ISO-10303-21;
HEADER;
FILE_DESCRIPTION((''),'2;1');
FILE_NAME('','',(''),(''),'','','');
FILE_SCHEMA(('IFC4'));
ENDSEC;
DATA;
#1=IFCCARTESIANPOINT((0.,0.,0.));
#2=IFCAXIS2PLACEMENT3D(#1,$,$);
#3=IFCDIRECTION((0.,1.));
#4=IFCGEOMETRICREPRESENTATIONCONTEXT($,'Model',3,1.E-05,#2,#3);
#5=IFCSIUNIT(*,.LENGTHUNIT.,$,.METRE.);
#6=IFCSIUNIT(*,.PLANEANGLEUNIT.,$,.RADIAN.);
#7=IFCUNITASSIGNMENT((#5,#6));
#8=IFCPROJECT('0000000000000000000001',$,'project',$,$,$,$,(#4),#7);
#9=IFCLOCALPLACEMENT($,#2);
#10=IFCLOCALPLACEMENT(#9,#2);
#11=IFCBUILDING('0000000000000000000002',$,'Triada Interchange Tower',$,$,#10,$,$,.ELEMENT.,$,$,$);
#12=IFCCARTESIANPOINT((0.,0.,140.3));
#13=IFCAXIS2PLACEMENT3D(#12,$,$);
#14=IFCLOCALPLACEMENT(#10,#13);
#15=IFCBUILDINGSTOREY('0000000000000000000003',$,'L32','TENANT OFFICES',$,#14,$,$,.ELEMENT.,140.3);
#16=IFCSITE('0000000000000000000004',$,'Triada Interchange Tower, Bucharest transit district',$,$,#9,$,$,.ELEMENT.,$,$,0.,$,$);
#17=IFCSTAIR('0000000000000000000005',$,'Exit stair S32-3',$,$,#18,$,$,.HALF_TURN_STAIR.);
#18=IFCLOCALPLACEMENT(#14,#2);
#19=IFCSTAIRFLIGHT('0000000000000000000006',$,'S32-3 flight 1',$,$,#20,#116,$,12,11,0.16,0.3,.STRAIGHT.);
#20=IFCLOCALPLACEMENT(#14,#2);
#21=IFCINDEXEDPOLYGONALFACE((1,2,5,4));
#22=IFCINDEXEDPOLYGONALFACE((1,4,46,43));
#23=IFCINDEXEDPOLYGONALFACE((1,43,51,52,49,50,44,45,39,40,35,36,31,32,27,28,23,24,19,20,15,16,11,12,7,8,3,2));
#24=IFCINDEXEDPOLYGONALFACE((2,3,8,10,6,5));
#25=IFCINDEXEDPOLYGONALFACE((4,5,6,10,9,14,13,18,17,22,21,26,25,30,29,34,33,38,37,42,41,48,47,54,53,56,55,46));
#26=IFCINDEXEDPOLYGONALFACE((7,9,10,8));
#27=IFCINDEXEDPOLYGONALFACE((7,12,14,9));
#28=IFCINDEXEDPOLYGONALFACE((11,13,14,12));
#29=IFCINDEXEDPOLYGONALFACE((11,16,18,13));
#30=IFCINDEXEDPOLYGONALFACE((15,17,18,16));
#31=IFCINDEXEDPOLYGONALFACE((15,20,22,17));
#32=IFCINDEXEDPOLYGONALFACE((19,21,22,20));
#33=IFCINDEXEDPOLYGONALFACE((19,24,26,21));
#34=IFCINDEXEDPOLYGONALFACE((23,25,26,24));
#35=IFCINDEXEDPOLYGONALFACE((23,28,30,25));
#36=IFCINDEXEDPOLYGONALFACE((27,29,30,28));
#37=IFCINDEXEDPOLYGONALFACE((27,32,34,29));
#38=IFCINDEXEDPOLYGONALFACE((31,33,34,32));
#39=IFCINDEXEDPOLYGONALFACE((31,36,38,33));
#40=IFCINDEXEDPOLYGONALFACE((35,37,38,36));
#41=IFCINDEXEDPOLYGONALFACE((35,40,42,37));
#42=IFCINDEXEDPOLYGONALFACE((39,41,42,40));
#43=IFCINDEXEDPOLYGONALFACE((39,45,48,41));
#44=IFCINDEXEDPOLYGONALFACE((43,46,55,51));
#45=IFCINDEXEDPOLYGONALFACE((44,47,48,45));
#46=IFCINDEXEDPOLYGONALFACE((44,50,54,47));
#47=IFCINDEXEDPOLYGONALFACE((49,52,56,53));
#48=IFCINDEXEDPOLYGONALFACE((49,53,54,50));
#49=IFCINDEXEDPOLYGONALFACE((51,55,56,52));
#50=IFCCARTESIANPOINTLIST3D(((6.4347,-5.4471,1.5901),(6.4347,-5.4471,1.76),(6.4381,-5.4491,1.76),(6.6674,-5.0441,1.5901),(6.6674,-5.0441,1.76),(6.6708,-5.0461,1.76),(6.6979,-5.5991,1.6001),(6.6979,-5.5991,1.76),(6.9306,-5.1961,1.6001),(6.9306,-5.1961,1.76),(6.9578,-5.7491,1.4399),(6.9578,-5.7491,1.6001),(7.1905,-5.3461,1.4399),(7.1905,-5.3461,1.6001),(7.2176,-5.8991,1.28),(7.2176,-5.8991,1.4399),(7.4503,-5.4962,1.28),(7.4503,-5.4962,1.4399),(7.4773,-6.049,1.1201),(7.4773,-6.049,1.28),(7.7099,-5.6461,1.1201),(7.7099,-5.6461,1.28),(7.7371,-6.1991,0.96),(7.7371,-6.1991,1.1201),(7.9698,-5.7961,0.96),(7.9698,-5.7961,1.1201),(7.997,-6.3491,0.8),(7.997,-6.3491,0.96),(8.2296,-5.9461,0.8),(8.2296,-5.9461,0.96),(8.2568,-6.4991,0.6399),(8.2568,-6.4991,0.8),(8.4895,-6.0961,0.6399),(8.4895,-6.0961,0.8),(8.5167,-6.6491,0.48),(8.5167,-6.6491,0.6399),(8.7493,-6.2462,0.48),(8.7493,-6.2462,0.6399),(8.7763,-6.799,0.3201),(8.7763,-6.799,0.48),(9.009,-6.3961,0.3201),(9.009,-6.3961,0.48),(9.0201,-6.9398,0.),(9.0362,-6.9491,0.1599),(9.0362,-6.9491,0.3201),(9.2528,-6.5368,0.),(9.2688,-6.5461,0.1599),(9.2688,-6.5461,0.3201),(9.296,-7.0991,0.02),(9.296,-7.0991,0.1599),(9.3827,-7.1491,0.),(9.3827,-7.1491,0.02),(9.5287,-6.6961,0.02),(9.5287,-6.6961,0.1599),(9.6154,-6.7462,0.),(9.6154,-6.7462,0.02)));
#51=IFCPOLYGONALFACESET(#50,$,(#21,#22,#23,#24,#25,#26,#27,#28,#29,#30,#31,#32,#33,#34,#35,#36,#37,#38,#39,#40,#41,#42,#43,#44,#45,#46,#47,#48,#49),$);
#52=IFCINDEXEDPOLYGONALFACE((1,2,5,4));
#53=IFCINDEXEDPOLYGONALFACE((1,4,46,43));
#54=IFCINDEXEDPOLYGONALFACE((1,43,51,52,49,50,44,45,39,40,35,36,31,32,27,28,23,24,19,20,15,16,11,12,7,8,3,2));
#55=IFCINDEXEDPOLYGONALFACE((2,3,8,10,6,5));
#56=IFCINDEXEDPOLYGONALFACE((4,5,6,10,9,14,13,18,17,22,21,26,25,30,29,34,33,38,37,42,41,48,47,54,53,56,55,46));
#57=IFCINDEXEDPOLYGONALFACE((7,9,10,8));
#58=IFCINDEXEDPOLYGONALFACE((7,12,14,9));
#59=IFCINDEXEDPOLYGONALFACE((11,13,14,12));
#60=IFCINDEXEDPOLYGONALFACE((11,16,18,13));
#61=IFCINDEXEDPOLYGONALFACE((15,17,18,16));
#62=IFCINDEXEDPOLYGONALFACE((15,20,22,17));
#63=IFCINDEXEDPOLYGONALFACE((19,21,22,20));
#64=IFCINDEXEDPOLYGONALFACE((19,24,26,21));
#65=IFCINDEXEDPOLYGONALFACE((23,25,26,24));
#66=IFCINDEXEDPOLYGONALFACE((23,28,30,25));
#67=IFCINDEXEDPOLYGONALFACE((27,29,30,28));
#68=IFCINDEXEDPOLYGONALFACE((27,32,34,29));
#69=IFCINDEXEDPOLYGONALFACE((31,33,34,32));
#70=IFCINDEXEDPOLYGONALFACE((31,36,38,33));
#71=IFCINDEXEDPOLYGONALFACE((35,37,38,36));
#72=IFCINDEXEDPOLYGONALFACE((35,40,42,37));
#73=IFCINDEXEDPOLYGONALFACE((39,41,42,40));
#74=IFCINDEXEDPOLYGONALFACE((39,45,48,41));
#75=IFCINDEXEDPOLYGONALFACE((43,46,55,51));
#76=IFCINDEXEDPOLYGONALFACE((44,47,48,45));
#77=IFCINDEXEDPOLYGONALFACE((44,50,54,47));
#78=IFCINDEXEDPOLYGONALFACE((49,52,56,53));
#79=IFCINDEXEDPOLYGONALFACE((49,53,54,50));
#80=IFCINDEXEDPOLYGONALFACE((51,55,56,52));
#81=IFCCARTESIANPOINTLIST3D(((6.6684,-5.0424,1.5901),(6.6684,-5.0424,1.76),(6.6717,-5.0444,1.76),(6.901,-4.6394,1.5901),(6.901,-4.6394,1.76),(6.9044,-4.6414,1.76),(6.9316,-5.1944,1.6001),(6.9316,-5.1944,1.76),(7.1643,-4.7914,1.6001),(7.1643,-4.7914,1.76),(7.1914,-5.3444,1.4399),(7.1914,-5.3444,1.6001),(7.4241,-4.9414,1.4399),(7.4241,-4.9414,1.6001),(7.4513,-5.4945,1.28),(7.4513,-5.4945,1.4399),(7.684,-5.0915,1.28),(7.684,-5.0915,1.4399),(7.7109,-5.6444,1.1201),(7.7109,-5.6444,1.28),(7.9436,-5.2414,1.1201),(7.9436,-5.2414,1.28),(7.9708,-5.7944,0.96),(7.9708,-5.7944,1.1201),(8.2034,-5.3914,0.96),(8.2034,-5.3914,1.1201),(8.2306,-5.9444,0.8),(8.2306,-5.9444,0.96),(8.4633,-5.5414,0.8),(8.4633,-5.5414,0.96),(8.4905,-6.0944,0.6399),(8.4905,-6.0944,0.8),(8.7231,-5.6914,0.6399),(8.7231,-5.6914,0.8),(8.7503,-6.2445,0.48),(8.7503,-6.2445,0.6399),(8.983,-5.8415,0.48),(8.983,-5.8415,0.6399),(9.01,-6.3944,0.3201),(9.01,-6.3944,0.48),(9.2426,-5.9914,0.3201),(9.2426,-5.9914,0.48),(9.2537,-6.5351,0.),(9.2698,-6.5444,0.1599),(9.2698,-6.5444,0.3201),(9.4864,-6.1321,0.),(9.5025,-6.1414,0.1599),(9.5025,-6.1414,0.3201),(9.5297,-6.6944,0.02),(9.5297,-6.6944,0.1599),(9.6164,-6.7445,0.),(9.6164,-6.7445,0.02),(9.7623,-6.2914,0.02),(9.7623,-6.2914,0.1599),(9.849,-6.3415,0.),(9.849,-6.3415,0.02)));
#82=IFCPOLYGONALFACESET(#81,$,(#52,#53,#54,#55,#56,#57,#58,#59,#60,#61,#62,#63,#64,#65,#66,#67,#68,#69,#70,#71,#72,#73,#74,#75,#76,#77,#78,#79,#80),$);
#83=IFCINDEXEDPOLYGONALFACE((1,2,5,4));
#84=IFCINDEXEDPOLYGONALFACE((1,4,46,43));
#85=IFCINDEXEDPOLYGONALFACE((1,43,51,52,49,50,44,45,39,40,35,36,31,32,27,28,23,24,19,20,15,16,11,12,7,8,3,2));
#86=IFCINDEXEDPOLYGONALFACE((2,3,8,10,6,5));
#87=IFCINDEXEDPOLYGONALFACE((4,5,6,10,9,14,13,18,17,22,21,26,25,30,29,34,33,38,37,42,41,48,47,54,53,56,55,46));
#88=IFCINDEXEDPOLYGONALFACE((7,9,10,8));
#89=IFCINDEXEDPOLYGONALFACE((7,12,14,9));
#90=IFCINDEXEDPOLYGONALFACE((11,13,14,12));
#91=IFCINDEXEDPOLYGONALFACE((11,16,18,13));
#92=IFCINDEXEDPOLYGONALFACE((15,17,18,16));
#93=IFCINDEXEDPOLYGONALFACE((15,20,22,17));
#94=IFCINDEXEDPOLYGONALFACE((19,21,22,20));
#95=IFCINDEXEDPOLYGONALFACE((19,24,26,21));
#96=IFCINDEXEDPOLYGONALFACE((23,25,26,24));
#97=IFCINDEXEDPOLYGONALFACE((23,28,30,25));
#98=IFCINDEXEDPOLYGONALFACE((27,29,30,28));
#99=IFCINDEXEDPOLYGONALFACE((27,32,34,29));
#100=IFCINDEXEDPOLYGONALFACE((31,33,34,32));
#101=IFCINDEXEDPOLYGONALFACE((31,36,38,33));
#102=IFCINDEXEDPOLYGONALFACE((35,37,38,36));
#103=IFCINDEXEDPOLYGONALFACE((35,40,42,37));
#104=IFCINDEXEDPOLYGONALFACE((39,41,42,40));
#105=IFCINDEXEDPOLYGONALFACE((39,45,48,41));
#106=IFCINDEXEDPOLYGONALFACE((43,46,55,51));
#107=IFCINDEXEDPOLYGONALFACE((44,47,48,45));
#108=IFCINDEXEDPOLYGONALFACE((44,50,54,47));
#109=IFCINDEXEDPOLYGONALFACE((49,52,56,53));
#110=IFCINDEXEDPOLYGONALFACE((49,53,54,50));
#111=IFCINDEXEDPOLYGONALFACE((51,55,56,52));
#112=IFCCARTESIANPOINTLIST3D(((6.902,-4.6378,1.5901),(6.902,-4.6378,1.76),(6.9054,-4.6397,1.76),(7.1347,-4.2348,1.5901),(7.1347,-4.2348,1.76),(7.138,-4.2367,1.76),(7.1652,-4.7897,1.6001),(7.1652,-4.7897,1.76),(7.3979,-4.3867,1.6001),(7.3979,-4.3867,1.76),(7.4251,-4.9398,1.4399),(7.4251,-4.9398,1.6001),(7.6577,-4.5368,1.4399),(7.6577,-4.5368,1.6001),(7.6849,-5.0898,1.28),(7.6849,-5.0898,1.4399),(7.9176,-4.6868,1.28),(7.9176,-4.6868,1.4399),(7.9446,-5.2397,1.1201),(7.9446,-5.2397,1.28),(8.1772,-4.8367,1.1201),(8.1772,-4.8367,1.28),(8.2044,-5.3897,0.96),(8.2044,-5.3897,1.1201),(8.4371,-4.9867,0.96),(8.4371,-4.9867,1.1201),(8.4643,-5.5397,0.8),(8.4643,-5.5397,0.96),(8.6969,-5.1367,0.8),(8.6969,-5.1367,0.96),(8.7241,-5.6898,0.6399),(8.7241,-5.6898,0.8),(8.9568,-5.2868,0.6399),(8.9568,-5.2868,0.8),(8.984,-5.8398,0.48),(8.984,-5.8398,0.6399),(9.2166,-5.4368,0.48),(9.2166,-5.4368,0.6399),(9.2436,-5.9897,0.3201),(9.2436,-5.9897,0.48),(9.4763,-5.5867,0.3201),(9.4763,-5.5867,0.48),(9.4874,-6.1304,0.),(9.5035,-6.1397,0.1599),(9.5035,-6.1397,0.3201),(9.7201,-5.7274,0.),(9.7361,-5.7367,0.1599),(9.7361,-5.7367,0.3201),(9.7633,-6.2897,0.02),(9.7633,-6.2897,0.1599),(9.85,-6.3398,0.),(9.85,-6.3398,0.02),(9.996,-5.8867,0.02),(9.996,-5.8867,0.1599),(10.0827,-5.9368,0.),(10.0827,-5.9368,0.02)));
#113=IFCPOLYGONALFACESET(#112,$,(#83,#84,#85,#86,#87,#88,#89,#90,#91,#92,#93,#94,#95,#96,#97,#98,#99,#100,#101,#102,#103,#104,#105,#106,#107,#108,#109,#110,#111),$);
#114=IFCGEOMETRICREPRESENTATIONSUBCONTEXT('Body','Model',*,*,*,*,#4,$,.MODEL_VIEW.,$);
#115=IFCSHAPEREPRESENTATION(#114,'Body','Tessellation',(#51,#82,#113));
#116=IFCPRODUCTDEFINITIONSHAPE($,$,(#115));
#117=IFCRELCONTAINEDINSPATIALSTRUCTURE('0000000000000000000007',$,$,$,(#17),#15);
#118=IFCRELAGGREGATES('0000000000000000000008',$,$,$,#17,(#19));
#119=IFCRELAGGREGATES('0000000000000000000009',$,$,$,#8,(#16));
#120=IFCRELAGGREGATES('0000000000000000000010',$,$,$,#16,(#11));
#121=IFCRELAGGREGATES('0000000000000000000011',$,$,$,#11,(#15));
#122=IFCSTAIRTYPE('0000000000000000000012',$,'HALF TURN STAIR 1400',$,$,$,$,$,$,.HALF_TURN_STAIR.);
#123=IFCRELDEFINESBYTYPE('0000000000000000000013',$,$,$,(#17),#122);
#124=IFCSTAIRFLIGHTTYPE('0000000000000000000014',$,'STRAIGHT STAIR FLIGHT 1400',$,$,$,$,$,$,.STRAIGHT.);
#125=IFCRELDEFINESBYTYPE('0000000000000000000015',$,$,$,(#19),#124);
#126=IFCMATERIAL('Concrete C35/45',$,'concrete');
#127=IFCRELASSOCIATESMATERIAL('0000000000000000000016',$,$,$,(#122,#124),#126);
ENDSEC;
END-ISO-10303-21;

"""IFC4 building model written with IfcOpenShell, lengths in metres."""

from ifc_helpers import new_model, si_unit, direction, frame, origin, place, context, subcontext, project, spatial, polyline, outline, extrude, material, type_object, element, aggregate, save


model = new_model("IFC4")

# Units and contexts
model_context = context("Model", 3, precision=1e-05, world=origin(), true_north=direction((0.0, 1.0)))
body_context = subcontext(model_context, "Body", "Model", "MODEL_VIEW")
ifc_project = project(units=[si_unit("LENGTHUNIT", "METRE"), si_unit("PLANEANGLEUNIT", "RADIAN")], contexts=[model_context])

# Site, building, storey
site_placement = place(None, origin())
site = spatial("IfcSite", under=ifc_project, at=site_placement, Name="Triada Interchange Tower, Bucharest transit district", CompositionType="ELEMENT", RefElevation=0.0)
building_placement = place(site_placement, origin())
building = spatial("IfcBuilding", under=site, at=building_placement, Name="Triada Interchange Tower", CompositionType="ELEMENT")
storey_placement = place(building_placement, frame((0.0, 0.0, 140.3)))
storey = spatial("IfcBuildingStorey", under=building, at=storey_placement, Name="L32", Description="TENANT OFFICES", CompositionType="ELEMENT", Elevation=140.3)

# Stair, stair flight
ifc_material_1 = material(Name="Concrete C35/45", Category="concrete")
stair_type = type_object("IfcStairType", Name="HALF TURN STAIR 1400", PredefinedType="HALF_TURN_STAIR", material=ifc_material_1)
stair_placement = place(storey_placement, origin())
stair = element("IfcStair", 1, at=stair_placement, inside=storey, type_object=stair_type, Name="Exit stair S32-3", PredefinedType="HALF_TURN_STAIR")
stair_flight_type = type_object("IfcStairFlightType", Name="STRAIGHT STAIR FLIGHT 1400", PredefinedType="STRAIGHT", material=ifc_material_1)
stair_flight_1_placement = place(storey_placement, frame((9.646, -6.4929, 0.0), z_axis=(0.0, 0.0, 1.0), x_axis=(-0.866025, 0.5, 0.0)))
stair_flight_1 = element("IfcStairFlight", 2, at=stair_flight_1_placement, type_object=stair_flight_type, Name="S32-3 flight 1", NumberOfRisers=12, NumberOfTreads=11, PredefinedType="STRAIGHT", RiserHeight=0.16, TreadLength=0.3, context=body_context, shape_type="SweptSolid", body=[
    extrude(outline(polyline([(-0.1001, 0.0), (-0.1001, 0.02), (0.0, 0.02), (0.0, 0.1599), (0.3, 0.1599), (0.3, 0.3201), (0.6001, 0.3201), (0.6001, 0.48), (0.8999, 0.48), (0.8999, 0.6399), (1.2, 0.6399), (1.2, 0.8), (1.5, 0.8), (1.5, 0.96), (1.8, 0.96), (1.8, 1.1201), (2.1001, 1.1201), (2.1001, 1.28), (2.3999, 1.28), (2.3999, 1.4399), (2.7, 1.4399), (2.7, 1.6001), (3.0, 1.6001), (3.0, 1.76), (3.3, 1.76), (3.304, 1.76), (3.304, 1.9199), (3.304, 1.5901), (0.3186, 0.0), (-0.1001, 0.0)])), frame((0.0, 0.7, 0.0), z_axis=(0.0, -1.0, 0.0), x_axis=(1.0, 0.0, 0.0)), (0.0, 0.0, 1.0), 0.4653),
    extrude(outline(polyline([(-0.1001, 0.0), (-0.1001, 0.02), (0.0, 0.02), (0.0, 0.1599), (0.3, 0.1599), (0.3, 0.3201), (0.6001, 0.3201), (0.6001, 0.48), (0.8999, 0.48), (0.8999, 0.6399), (1.2, 0.6399), (1.2, 0.8), (1.5, 0.8), (1.5, 0.96), (1.8, 0.96), (1.8, 1.1201), (2.1001, 1.1201), (2.1001, 1.28), (2.3999, 1.28), (2.3999, 1.4399), (2.7, 1.4399), (2.7, 1.6001), (3.0, 1.6001), (3.0, 1.76), (3.3, 1.76), (3.304, 1.76), (3.304, 1.9199), (3.304, 1.5901), (0.3186, 0.0), (-0.1001, 0.0)])), frame((0.0, 0.2327, 0.0), z_axis=(0.0, -1.0, 0.0), x_axis=(1.0, 0.0, 0.0)), (0.0, 0.0, 1.0), 0.4653),
    extrude(outline(polyline([(-0.1001, 0.0), (-0.1001, 0.02), (0.0, 0.02), (0.0, 0.1599), (0.3, 0.1599), (0.3, 0.3201), (0.6001, 0.3201), (0.6001, 0.48), (0.8999, 0.48), (0.8999, 0.6399), (1.2, 0.6399), (1.2, 0.8), (1.5, 0.8), (1.5, 0.96), (1.8, 0.96), (1.8, 1.1201), (2.1001, 1.1201), (2.1001, 1.28), (2.3999, 1.28), (2.3999, 1.4399), (2.7, 1.4399), (2.7, 1.6001), (3.0, 1.6001), (3.0, 1.76), (3.3, 1.76), (3.304, 1.76), (3.304, 1.9199), (3.304, 1.5901), (0.3186, 0.0), (-0.1001, 0.0)])), frame((0.0, -0.2346, 0.0), z_axis=(0.0, -1.0, 0.0), x_axis=(1.0, 0.0, 0.0)), (0.0, 0.0, 1.0), 0.4653),
])

aggregate(stair, [stair_flight_1])

save(model, "model.ifc")
